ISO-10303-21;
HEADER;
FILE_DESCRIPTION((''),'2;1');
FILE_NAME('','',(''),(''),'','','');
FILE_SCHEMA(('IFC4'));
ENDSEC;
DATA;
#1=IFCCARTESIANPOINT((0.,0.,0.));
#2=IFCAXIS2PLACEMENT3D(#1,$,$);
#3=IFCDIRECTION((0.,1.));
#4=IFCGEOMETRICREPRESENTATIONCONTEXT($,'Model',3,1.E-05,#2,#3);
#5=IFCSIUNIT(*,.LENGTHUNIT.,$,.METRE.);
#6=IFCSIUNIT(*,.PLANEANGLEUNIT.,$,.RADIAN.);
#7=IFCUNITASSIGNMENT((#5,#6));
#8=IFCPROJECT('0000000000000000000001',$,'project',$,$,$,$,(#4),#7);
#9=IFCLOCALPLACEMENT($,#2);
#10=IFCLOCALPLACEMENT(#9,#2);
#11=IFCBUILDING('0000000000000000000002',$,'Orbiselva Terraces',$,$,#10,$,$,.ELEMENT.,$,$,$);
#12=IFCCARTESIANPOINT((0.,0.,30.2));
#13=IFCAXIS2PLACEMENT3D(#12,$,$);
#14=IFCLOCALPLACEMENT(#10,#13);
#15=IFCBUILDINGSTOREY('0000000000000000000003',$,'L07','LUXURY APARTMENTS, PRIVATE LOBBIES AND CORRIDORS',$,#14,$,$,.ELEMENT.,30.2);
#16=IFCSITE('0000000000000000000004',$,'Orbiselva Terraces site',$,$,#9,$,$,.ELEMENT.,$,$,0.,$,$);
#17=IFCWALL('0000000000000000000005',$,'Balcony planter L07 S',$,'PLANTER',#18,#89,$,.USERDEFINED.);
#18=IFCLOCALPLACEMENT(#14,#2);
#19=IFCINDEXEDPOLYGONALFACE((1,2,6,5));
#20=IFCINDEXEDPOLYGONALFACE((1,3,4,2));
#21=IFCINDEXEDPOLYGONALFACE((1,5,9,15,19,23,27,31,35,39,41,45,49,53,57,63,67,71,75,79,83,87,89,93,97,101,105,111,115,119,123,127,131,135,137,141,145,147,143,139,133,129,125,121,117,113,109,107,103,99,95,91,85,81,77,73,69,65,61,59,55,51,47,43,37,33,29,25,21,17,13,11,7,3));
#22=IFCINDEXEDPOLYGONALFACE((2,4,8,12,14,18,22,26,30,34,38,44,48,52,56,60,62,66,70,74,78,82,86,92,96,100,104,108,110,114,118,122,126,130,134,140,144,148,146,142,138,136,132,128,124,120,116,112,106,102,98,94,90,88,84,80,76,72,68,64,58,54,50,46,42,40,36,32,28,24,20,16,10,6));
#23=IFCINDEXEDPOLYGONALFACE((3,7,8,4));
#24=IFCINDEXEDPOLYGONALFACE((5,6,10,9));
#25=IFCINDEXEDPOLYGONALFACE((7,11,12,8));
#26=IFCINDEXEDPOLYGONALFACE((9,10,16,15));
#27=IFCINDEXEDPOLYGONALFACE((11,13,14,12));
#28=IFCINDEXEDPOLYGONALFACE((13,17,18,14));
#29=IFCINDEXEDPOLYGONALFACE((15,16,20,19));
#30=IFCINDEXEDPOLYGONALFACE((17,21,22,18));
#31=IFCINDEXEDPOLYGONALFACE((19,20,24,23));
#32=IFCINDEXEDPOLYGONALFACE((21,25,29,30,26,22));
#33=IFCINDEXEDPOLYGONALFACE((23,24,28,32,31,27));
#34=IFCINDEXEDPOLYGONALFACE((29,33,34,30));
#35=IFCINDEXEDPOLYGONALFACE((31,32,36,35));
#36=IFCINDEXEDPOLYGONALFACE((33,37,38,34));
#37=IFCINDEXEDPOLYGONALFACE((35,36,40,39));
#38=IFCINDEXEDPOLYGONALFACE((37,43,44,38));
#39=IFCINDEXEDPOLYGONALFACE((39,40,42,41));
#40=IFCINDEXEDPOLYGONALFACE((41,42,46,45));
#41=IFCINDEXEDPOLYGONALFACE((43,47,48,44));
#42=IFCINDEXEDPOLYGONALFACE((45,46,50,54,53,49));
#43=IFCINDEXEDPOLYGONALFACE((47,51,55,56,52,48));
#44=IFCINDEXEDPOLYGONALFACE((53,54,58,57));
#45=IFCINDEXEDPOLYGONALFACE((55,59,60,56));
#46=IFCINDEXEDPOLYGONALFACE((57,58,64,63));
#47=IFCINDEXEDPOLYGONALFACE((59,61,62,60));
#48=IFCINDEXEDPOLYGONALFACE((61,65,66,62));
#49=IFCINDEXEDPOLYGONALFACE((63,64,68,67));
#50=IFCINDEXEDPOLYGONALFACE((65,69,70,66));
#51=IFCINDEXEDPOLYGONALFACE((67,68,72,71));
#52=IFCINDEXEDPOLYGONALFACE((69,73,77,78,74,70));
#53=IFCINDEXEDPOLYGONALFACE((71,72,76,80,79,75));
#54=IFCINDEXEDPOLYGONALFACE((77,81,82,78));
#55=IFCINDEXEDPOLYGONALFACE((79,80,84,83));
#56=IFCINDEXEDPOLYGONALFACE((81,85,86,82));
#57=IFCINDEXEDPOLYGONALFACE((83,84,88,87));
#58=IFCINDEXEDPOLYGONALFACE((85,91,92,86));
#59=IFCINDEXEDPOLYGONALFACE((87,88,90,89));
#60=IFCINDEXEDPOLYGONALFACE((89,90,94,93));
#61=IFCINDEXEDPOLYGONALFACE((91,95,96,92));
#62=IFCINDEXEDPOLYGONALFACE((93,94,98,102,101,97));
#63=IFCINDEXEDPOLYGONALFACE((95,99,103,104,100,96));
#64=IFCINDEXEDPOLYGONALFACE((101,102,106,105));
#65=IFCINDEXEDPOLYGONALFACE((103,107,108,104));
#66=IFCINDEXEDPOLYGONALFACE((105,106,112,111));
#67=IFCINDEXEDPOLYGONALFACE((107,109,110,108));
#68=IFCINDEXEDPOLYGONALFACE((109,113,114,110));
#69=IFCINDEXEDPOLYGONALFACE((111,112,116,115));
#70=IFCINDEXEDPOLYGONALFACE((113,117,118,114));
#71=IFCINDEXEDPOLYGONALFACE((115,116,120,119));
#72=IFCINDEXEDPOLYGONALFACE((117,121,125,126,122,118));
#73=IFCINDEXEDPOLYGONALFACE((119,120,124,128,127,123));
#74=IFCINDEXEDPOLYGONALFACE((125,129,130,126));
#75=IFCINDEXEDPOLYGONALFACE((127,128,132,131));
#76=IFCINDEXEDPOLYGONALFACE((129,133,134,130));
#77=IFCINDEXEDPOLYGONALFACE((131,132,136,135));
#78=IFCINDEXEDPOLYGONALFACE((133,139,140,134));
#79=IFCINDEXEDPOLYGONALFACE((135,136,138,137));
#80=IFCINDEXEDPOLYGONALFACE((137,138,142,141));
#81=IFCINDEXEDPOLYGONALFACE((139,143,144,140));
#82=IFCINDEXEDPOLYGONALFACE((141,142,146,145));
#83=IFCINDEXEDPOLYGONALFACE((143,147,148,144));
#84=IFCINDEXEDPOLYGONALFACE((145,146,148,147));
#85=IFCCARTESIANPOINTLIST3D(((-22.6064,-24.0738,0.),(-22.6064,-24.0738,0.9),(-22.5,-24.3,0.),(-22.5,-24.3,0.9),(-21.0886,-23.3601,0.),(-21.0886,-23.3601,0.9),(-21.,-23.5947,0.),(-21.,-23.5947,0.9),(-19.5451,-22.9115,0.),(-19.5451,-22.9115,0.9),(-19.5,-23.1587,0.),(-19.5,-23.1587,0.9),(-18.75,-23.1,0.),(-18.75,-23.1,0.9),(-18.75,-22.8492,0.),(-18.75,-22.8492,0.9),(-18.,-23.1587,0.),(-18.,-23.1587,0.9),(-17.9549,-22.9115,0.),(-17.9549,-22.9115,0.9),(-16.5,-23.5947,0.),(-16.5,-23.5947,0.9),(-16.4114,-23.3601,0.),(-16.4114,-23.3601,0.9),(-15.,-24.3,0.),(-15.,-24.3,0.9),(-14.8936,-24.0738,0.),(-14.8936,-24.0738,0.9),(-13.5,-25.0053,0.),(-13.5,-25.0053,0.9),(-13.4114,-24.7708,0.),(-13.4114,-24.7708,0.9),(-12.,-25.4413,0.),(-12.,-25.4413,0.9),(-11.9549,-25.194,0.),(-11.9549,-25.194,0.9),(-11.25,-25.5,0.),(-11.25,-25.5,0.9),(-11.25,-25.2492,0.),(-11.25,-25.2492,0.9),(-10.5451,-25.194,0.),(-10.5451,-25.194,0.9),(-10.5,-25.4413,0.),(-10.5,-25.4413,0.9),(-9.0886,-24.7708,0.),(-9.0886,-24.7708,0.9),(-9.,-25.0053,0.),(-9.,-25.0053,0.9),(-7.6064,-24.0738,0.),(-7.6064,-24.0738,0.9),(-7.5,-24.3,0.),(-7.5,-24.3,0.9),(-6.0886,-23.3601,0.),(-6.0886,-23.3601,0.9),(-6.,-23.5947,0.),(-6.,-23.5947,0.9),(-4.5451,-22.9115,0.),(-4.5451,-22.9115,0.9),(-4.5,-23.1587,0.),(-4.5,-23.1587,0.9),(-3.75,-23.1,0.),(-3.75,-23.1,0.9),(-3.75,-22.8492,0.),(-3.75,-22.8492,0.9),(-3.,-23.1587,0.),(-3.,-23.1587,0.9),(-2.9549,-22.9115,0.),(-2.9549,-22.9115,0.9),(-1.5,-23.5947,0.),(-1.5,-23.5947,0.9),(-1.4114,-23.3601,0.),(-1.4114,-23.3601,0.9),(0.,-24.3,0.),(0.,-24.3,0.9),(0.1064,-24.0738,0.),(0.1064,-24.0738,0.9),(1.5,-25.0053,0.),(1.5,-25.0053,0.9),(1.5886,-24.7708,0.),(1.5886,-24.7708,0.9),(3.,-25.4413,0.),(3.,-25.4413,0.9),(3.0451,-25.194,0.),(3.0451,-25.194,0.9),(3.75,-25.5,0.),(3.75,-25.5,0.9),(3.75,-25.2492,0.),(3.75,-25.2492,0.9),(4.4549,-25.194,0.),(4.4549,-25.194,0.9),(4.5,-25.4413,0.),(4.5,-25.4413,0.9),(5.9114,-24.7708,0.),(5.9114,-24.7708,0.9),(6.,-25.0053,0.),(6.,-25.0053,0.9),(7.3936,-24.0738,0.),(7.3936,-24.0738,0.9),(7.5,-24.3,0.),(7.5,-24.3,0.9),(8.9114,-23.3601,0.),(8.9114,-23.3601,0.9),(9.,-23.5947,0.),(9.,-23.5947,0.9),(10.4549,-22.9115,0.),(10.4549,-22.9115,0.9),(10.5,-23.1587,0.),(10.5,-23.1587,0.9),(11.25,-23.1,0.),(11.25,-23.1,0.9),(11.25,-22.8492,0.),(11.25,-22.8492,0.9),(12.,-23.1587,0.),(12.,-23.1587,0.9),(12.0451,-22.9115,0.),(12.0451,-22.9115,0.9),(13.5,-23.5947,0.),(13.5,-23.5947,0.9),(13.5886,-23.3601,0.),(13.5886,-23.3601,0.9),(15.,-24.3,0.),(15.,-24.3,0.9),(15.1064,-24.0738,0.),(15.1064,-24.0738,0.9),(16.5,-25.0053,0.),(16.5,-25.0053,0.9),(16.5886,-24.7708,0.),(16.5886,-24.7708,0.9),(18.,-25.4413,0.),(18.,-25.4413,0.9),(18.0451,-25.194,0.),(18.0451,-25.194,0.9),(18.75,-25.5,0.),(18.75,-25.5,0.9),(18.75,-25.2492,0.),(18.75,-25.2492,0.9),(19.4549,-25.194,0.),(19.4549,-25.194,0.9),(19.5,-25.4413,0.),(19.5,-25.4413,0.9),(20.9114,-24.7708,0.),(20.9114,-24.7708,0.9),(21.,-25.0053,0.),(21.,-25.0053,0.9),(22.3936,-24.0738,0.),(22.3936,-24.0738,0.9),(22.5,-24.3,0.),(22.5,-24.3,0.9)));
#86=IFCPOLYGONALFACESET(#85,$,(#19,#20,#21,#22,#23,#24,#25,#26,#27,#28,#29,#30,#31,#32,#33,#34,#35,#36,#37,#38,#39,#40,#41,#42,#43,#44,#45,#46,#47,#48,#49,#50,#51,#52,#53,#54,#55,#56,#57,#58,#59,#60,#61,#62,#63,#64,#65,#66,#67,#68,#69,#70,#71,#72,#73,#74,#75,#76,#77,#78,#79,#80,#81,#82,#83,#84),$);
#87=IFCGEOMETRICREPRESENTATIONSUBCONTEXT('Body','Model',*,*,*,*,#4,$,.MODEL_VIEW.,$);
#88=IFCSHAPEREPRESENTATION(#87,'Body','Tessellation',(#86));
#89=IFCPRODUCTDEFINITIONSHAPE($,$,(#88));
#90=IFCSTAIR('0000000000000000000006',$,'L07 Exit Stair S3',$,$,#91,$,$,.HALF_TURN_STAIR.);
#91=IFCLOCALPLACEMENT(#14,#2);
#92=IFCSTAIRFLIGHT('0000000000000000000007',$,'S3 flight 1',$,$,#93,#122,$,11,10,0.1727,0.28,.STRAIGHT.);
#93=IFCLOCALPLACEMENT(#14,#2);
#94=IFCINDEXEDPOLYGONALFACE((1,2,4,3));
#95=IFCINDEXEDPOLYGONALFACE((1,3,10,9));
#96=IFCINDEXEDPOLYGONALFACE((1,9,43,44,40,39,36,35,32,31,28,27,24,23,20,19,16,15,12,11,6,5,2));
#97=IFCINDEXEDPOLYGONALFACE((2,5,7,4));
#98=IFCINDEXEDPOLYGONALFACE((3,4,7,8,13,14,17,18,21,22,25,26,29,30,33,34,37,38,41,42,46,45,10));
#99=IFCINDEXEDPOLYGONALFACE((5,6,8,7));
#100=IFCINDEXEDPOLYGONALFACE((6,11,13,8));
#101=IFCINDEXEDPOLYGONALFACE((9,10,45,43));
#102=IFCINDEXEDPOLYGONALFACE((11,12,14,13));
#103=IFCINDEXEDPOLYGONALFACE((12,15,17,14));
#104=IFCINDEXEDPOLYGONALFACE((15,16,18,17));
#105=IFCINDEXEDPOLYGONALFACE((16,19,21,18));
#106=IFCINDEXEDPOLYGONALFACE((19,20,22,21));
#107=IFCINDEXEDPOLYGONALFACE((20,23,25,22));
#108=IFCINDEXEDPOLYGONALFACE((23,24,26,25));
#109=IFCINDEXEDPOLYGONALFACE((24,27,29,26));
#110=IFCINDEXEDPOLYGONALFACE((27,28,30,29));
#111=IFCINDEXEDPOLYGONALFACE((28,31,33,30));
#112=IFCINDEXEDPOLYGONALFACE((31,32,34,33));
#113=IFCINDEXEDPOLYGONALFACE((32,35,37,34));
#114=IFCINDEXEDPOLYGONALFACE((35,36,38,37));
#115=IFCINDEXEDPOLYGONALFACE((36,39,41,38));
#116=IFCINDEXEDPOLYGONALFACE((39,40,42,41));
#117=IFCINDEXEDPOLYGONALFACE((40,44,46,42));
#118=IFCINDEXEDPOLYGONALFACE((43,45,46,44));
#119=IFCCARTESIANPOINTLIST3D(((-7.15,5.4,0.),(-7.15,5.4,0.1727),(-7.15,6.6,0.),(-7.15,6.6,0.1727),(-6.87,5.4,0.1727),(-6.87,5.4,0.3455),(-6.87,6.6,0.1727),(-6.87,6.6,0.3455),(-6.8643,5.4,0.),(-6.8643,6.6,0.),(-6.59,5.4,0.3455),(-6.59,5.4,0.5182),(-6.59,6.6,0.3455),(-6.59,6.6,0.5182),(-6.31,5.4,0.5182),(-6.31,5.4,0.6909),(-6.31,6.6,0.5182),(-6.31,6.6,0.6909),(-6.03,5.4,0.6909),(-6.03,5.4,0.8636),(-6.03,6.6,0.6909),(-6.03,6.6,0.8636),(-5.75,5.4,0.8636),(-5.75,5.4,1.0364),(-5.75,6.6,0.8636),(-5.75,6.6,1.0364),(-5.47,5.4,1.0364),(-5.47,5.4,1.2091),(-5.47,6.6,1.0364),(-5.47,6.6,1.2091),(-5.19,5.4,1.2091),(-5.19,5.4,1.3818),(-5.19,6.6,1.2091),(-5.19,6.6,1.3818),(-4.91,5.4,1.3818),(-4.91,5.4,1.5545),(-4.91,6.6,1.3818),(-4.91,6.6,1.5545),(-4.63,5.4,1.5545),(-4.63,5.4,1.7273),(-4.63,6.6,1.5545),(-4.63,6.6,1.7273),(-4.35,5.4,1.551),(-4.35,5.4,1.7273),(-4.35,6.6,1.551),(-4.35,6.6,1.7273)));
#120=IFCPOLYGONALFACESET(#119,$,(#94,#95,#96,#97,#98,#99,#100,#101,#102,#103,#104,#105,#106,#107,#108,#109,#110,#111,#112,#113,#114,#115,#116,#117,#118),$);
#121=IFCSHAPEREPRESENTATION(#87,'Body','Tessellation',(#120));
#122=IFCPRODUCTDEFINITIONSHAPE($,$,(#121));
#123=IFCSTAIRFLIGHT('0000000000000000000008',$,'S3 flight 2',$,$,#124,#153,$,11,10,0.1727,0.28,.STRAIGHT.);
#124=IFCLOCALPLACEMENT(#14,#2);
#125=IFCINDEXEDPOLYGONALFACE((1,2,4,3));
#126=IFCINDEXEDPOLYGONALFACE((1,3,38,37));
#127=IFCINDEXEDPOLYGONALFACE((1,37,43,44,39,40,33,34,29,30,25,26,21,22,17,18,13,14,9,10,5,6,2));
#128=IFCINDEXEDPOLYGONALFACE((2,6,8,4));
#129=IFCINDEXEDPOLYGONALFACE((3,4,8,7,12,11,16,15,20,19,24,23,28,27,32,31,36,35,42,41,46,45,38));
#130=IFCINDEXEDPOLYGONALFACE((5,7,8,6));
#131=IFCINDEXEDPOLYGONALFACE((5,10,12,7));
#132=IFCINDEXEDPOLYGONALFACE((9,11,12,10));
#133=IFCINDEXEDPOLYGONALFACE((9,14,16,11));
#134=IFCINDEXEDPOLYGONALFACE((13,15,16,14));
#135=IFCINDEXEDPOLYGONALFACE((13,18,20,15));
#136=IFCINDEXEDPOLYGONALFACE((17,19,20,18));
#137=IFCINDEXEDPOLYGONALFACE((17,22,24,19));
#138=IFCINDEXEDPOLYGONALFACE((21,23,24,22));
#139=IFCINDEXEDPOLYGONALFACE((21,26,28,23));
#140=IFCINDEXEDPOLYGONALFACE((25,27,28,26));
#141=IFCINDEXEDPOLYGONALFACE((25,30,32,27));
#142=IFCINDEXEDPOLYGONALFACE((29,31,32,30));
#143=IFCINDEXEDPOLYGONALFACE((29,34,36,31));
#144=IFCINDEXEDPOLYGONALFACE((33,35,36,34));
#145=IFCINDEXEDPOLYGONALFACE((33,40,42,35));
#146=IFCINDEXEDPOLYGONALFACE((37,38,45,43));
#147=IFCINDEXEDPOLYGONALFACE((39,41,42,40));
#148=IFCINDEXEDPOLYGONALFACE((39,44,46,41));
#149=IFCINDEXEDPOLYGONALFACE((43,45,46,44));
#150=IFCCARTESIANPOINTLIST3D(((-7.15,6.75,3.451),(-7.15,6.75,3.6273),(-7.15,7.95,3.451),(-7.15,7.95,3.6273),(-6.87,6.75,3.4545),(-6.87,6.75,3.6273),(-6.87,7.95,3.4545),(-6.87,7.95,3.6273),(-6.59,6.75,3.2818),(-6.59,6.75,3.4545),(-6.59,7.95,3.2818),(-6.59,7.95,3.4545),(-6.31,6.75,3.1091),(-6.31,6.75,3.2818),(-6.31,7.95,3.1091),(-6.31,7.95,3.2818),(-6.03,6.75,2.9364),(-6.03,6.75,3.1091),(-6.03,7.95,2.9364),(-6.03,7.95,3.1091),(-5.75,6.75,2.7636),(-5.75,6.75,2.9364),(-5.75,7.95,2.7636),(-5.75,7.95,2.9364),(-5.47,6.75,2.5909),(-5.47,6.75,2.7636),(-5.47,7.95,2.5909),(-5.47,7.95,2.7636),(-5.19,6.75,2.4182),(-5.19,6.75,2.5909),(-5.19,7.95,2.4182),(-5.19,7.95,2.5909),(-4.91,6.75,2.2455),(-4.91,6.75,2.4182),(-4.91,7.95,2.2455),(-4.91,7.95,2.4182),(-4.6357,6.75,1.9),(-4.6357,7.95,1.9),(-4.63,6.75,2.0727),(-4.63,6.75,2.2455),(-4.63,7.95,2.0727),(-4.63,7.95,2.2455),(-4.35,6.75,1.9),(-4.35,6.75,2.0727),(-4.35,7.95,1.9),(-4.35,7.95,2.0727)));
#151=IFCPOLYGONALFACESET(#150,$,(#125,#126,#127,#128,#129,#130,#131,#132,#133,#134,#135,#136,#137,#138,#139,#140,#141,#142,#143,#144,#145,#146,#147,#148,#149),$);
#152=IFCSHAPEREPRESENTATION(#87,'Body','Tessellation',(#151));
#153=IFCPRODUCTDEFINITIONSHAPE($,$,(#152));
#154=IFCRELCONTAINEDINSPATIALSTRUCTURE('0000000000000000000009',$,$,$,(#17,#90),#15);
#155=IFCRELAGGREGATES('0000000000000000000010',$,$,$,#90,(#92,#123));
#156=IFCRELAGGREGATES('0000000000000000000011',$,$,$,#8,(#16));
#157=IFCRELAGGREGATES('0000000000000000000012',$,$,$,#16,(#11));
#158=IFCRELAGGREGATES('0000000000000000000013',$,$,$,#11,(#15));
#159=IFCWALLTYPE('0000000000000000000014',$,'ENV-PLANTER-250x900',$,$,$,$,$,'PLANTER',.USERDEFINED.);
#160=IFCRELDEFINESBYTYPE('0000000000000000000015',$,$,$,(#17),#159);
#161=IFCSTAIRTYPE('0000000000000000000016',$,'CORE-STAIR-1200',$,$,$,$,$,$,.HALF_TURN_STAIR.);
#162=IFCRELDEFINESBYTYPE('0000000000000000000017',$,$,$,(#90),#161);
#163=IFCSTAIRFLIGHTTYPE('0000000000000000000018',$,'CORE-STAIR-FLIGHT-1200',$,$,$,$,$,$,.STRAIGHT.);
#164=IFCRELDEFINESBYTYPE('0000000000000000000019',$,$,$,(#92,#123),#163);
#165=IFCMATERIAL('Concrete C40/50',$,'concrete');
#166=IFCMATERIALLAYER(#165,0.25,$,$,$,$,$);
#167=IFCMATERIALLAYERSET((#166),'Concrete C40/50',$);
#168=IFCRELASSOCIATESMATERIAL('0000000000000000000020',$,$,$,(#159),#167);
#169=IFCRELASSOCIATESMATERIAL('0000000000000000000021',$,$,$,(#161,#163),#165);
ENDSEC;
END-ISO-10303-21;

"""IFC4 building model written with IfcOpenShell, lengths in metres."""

from ifc_helpers import new_model, si_unit, direction, frame, origin, place, context, subcontext, project, spatial, polyline, outline, extrude, material, layer, layer_set, type_object, element, aggregate, save


model = new_model("IFC4")

# Units and contexts
model_context = context("Model", 3, precision=1e-05, world=origin(), true_north=direction((0.0, 1.0)))
body_context = subcontext(model_context, "Body", "Model", "MODEL_VIEW")
ifc_project = project(units=[si_unit("LENGTHUNIT", "METRE"), si_unit("PLANEANGLEUNIT", "RADIAN")], contexts=[model_context])

# Site, building, storey
site_placement = place(None, origin())
site = spatial("IfcSite", under=ifc_project, at=site_placement, Name="Orbiselva Terraces site", CompositionType="ELEMENT", RefElevation=0.0)
building_placement = place(site_placement, origin())
building = spatial("IfcBuilding", under=site, at=building_placement, Name="Orbiselva Terraces", CompositionType="ELEMENT")
storey_placement = place(building_placement, frame((0.0, 0.0, 30.2)))
storey = spatial("IfcBuildingStorey", under=building, at=storey_placement, Name="L07", Description="LUXURY APARTMENTS, PRIVATE LOBBIES AND CORRIDORS", CompositionType="ELEMENT", Elevation=30.2)

# Wall
ifc_material_1 = material(Name="Concrete C40/50", Category="concrete")
ifc_layer_1 = layer(ifc_material_1, 0.25)
ifc_layer_set_1 = layer_set([ifc_layer_1], Name="Concrete C40/50")
wall_type_1 = type_object("IfcWallType", Name="ENV-PLANTER-250x900", ElementType="PLANTER", PredefinedType="USERDEFINED", material=ifc_layer_set_1)
wall_1_placement = place(storey_placement, origin())
element("IfcWall", 1, at=wall_1_placement, inside=storey, type_object=wall_type_1, Name="Balcony planter L07 S", ObjectType="PLANTER", PredefinedType="USERDEFINED", context=body_context, shape_type="SweptSolid", body=[
    extrude(outline(polyline([(-22.5, -24.3), (-21.0, -23.5947), (-19.5, -23.1587), (-18.75, -23.1), (-18.0, -23.1587), (-16.5, -23.5947), (-15.0, -24.3), (-13.5, -25.0053), (-12.0, -25.4413), (-11.25, -25.5), (-10.5, -25.4413), (-9.0, -25.0053), (-7.5, -24.3), (-6.0, -23.5947), (-4.5, -23.1587), (-3.75, -23.1), (-3.0, -23.1587), (-1.5, -23.5947), (0.0, -24.3), (1.5, -25.0053), (3.0, -25.4413), (3.75, -25.5), (4.5, -25.4413), (6.0, -25.0053), (7.5, -24.3), (9.0, -23.5947), (10.5, -23.1587), (11.25, -23.1), (12.0, -23.1587), (13.5, -23.5947), (15.0, -24.3), (16.5, -25.0053), (18.0, -25.4413), (18.75, -25.5), (19.5, -25.4413), (21.0, -25.0053), (22.5, -24.3), (22.3936, -24.0738), (20.9114, -24.7708), (19.4549, -25.194), (18.75, -25.2492), (18.0451, -25.194), (16.5886, -24.7708), (15.1064, -24.0738), (13.5886, -23.3601), (12.0451, -22.9115), (11.25, -22.8492), (10.4549, -22.9115), (8.9114, -23.3601), (7.3936, -24.0738), (5.9114, -24.7708), (4.4549, -25.194), (3.75, -25.2492), (3.0451, -25.194), (1.5886, -24.7708), (0.1064, -24.0738), (-1.4114, -23.3601), (-2.9549, -22.9115), (-3.75, -22.8492), (-4.5451, -22.9115), (-6.0886, -23.3601), (-7.6064, -24.0738), (-9.0886, -24.7708), (-10.5451, -25.194), (-11.25, -25.2492), (-11.9549, -25.194), (-13.4114, -24.7708), (-14.8936, -24.0738), (-16.4114, -23.3601), (-17.9549, -22.9115), (-18.75, -22.8492), (-19.5451, -22.9115), (-21.0886, -23.3601), (-22.6064, -24.0738), (-22.5, -24.3)])), origin(), (0.0, 0.0, 1.0), 0.9),
])

# Stair, stair flights
stair_type = type_object("IfcStairType", Name="CORE-STAIR-1200", PredefinedType="HALF_TURN_STAIR", material=ifc_material_1)
stair_placement = place(storey_placement, origin())
stair = element("IfcStair", 2, at=stair_placement, inside=storey, type_object=stair_type, Name="L07 Exit Stair S3", PredefinedType="HALF_TURN_STAIR")
stair_flight_type = type_object("IfcStairFlightType", Name="CORE-STAIR-FLIGHT-1200", PredefinedType="STRAIGHT", material=ifc_material_1)
stair_flight_1_placement = place(storey_placement, frame((-7.15, 6.0, 0.0), z_axis=(0.0, 0.0, 1.0), x_axis=(1.0, 0.0, 0.0)))
stair_flight_1 = element("IfcStairFlight", 3, at=stair_flight_1_placement, type_object=stair_flight_type, Name="S3 flight 1", NumberOfRisers=11, NumberOfTreads=10, PredefinedType="STRAIGHT", RiserHeight=0.1727, TreadLength=0.28, context=body_context, shape_type="SweptSolid", body=[
    extrude(outline(polyline([(0.0, 0.0), (0.0, 0.1727), (0.28, 0.1727), (0.28, 0.3455), (0.56, 0.3455), (0.56, 0.5182), (0.84, 0.5182), (0.84, 0.6909), (1.12, 0.6909), (1.12, 0.8636), (1.4, 0.8636), (1.4, 1.0364), (1.68, 1.0364), (1.68, 1.2091), (1.96, 1.2091), (1.96, 1.3818), (2.24, 1.3818), (2.24, 1.5545), (2.52, 1.5545), (2.52, 1.7273), (2.8, 1.7273), (2.8, 1.9), (2.8, 1.551), (0.2857, 0.0), (0.0, 0.0)])), frame((0.0, 0.6, 0.0), z_axis=(0.0, -1.0, 0.0), x_axis=(1.0, 0.0, 0.0)), (0.0, 0.0, 1.0), 1.2),
])
stair_flight_2_placement = place(storey_placement, frame((-4.35, 7.35, 1.9), z_axis=(0.0, 0.0, 1.0), x_axis=(-1.0, 0.0, 0.0)))
stair_flight_2 = element("IfcStairFlight", 4, at=stair_flight_2_placement, type_object=stair_flight_type, Name="S3 flight 2", NumberOfRisers=11, NumberOfTreads=10, PredefinedType="STRAIGHT", RiserHeight=0.1727, TreadLength=0.28, context=body_context, shape_type="SweptSolid", body=[
    extrude(outline(polyline([(0.0, 0.0), (0.0, 0.1727), (0.28, 0.1727), (0.28, 0.3455), (0.56, 0.3455), (0.56, 0.5182), (0.84, 0.5182), (0.84, 0.6909), (1.12, 0.6909), (1.12, 0.8636), (1.4, 0.8636), (1.4, 1.0364), (1.68, 1.0364), (1.68, 1.2091), (1.96, 1.2091), (1.96, 1.3818), (2.24, 1.3818), (2.24, 1.5545), (2.52, 1.5545), (2.52, 1.7273), (2.8, 1.7273), (2.8, 1.9), (2.8, 1.551), (0.2857, 0.0), (0.0, 0.0)])), frame((0.0, 0.6, 0.0), z_axis=(0.0, -1.0, 0.0), x_axis=(1.0, 0.0, 0.0)), (0.0, 0.0, 1.0), 1.2),
])
aggregate(stair, [stair_flight_1, stair_flight_2])

save(model, "model.ifc")
